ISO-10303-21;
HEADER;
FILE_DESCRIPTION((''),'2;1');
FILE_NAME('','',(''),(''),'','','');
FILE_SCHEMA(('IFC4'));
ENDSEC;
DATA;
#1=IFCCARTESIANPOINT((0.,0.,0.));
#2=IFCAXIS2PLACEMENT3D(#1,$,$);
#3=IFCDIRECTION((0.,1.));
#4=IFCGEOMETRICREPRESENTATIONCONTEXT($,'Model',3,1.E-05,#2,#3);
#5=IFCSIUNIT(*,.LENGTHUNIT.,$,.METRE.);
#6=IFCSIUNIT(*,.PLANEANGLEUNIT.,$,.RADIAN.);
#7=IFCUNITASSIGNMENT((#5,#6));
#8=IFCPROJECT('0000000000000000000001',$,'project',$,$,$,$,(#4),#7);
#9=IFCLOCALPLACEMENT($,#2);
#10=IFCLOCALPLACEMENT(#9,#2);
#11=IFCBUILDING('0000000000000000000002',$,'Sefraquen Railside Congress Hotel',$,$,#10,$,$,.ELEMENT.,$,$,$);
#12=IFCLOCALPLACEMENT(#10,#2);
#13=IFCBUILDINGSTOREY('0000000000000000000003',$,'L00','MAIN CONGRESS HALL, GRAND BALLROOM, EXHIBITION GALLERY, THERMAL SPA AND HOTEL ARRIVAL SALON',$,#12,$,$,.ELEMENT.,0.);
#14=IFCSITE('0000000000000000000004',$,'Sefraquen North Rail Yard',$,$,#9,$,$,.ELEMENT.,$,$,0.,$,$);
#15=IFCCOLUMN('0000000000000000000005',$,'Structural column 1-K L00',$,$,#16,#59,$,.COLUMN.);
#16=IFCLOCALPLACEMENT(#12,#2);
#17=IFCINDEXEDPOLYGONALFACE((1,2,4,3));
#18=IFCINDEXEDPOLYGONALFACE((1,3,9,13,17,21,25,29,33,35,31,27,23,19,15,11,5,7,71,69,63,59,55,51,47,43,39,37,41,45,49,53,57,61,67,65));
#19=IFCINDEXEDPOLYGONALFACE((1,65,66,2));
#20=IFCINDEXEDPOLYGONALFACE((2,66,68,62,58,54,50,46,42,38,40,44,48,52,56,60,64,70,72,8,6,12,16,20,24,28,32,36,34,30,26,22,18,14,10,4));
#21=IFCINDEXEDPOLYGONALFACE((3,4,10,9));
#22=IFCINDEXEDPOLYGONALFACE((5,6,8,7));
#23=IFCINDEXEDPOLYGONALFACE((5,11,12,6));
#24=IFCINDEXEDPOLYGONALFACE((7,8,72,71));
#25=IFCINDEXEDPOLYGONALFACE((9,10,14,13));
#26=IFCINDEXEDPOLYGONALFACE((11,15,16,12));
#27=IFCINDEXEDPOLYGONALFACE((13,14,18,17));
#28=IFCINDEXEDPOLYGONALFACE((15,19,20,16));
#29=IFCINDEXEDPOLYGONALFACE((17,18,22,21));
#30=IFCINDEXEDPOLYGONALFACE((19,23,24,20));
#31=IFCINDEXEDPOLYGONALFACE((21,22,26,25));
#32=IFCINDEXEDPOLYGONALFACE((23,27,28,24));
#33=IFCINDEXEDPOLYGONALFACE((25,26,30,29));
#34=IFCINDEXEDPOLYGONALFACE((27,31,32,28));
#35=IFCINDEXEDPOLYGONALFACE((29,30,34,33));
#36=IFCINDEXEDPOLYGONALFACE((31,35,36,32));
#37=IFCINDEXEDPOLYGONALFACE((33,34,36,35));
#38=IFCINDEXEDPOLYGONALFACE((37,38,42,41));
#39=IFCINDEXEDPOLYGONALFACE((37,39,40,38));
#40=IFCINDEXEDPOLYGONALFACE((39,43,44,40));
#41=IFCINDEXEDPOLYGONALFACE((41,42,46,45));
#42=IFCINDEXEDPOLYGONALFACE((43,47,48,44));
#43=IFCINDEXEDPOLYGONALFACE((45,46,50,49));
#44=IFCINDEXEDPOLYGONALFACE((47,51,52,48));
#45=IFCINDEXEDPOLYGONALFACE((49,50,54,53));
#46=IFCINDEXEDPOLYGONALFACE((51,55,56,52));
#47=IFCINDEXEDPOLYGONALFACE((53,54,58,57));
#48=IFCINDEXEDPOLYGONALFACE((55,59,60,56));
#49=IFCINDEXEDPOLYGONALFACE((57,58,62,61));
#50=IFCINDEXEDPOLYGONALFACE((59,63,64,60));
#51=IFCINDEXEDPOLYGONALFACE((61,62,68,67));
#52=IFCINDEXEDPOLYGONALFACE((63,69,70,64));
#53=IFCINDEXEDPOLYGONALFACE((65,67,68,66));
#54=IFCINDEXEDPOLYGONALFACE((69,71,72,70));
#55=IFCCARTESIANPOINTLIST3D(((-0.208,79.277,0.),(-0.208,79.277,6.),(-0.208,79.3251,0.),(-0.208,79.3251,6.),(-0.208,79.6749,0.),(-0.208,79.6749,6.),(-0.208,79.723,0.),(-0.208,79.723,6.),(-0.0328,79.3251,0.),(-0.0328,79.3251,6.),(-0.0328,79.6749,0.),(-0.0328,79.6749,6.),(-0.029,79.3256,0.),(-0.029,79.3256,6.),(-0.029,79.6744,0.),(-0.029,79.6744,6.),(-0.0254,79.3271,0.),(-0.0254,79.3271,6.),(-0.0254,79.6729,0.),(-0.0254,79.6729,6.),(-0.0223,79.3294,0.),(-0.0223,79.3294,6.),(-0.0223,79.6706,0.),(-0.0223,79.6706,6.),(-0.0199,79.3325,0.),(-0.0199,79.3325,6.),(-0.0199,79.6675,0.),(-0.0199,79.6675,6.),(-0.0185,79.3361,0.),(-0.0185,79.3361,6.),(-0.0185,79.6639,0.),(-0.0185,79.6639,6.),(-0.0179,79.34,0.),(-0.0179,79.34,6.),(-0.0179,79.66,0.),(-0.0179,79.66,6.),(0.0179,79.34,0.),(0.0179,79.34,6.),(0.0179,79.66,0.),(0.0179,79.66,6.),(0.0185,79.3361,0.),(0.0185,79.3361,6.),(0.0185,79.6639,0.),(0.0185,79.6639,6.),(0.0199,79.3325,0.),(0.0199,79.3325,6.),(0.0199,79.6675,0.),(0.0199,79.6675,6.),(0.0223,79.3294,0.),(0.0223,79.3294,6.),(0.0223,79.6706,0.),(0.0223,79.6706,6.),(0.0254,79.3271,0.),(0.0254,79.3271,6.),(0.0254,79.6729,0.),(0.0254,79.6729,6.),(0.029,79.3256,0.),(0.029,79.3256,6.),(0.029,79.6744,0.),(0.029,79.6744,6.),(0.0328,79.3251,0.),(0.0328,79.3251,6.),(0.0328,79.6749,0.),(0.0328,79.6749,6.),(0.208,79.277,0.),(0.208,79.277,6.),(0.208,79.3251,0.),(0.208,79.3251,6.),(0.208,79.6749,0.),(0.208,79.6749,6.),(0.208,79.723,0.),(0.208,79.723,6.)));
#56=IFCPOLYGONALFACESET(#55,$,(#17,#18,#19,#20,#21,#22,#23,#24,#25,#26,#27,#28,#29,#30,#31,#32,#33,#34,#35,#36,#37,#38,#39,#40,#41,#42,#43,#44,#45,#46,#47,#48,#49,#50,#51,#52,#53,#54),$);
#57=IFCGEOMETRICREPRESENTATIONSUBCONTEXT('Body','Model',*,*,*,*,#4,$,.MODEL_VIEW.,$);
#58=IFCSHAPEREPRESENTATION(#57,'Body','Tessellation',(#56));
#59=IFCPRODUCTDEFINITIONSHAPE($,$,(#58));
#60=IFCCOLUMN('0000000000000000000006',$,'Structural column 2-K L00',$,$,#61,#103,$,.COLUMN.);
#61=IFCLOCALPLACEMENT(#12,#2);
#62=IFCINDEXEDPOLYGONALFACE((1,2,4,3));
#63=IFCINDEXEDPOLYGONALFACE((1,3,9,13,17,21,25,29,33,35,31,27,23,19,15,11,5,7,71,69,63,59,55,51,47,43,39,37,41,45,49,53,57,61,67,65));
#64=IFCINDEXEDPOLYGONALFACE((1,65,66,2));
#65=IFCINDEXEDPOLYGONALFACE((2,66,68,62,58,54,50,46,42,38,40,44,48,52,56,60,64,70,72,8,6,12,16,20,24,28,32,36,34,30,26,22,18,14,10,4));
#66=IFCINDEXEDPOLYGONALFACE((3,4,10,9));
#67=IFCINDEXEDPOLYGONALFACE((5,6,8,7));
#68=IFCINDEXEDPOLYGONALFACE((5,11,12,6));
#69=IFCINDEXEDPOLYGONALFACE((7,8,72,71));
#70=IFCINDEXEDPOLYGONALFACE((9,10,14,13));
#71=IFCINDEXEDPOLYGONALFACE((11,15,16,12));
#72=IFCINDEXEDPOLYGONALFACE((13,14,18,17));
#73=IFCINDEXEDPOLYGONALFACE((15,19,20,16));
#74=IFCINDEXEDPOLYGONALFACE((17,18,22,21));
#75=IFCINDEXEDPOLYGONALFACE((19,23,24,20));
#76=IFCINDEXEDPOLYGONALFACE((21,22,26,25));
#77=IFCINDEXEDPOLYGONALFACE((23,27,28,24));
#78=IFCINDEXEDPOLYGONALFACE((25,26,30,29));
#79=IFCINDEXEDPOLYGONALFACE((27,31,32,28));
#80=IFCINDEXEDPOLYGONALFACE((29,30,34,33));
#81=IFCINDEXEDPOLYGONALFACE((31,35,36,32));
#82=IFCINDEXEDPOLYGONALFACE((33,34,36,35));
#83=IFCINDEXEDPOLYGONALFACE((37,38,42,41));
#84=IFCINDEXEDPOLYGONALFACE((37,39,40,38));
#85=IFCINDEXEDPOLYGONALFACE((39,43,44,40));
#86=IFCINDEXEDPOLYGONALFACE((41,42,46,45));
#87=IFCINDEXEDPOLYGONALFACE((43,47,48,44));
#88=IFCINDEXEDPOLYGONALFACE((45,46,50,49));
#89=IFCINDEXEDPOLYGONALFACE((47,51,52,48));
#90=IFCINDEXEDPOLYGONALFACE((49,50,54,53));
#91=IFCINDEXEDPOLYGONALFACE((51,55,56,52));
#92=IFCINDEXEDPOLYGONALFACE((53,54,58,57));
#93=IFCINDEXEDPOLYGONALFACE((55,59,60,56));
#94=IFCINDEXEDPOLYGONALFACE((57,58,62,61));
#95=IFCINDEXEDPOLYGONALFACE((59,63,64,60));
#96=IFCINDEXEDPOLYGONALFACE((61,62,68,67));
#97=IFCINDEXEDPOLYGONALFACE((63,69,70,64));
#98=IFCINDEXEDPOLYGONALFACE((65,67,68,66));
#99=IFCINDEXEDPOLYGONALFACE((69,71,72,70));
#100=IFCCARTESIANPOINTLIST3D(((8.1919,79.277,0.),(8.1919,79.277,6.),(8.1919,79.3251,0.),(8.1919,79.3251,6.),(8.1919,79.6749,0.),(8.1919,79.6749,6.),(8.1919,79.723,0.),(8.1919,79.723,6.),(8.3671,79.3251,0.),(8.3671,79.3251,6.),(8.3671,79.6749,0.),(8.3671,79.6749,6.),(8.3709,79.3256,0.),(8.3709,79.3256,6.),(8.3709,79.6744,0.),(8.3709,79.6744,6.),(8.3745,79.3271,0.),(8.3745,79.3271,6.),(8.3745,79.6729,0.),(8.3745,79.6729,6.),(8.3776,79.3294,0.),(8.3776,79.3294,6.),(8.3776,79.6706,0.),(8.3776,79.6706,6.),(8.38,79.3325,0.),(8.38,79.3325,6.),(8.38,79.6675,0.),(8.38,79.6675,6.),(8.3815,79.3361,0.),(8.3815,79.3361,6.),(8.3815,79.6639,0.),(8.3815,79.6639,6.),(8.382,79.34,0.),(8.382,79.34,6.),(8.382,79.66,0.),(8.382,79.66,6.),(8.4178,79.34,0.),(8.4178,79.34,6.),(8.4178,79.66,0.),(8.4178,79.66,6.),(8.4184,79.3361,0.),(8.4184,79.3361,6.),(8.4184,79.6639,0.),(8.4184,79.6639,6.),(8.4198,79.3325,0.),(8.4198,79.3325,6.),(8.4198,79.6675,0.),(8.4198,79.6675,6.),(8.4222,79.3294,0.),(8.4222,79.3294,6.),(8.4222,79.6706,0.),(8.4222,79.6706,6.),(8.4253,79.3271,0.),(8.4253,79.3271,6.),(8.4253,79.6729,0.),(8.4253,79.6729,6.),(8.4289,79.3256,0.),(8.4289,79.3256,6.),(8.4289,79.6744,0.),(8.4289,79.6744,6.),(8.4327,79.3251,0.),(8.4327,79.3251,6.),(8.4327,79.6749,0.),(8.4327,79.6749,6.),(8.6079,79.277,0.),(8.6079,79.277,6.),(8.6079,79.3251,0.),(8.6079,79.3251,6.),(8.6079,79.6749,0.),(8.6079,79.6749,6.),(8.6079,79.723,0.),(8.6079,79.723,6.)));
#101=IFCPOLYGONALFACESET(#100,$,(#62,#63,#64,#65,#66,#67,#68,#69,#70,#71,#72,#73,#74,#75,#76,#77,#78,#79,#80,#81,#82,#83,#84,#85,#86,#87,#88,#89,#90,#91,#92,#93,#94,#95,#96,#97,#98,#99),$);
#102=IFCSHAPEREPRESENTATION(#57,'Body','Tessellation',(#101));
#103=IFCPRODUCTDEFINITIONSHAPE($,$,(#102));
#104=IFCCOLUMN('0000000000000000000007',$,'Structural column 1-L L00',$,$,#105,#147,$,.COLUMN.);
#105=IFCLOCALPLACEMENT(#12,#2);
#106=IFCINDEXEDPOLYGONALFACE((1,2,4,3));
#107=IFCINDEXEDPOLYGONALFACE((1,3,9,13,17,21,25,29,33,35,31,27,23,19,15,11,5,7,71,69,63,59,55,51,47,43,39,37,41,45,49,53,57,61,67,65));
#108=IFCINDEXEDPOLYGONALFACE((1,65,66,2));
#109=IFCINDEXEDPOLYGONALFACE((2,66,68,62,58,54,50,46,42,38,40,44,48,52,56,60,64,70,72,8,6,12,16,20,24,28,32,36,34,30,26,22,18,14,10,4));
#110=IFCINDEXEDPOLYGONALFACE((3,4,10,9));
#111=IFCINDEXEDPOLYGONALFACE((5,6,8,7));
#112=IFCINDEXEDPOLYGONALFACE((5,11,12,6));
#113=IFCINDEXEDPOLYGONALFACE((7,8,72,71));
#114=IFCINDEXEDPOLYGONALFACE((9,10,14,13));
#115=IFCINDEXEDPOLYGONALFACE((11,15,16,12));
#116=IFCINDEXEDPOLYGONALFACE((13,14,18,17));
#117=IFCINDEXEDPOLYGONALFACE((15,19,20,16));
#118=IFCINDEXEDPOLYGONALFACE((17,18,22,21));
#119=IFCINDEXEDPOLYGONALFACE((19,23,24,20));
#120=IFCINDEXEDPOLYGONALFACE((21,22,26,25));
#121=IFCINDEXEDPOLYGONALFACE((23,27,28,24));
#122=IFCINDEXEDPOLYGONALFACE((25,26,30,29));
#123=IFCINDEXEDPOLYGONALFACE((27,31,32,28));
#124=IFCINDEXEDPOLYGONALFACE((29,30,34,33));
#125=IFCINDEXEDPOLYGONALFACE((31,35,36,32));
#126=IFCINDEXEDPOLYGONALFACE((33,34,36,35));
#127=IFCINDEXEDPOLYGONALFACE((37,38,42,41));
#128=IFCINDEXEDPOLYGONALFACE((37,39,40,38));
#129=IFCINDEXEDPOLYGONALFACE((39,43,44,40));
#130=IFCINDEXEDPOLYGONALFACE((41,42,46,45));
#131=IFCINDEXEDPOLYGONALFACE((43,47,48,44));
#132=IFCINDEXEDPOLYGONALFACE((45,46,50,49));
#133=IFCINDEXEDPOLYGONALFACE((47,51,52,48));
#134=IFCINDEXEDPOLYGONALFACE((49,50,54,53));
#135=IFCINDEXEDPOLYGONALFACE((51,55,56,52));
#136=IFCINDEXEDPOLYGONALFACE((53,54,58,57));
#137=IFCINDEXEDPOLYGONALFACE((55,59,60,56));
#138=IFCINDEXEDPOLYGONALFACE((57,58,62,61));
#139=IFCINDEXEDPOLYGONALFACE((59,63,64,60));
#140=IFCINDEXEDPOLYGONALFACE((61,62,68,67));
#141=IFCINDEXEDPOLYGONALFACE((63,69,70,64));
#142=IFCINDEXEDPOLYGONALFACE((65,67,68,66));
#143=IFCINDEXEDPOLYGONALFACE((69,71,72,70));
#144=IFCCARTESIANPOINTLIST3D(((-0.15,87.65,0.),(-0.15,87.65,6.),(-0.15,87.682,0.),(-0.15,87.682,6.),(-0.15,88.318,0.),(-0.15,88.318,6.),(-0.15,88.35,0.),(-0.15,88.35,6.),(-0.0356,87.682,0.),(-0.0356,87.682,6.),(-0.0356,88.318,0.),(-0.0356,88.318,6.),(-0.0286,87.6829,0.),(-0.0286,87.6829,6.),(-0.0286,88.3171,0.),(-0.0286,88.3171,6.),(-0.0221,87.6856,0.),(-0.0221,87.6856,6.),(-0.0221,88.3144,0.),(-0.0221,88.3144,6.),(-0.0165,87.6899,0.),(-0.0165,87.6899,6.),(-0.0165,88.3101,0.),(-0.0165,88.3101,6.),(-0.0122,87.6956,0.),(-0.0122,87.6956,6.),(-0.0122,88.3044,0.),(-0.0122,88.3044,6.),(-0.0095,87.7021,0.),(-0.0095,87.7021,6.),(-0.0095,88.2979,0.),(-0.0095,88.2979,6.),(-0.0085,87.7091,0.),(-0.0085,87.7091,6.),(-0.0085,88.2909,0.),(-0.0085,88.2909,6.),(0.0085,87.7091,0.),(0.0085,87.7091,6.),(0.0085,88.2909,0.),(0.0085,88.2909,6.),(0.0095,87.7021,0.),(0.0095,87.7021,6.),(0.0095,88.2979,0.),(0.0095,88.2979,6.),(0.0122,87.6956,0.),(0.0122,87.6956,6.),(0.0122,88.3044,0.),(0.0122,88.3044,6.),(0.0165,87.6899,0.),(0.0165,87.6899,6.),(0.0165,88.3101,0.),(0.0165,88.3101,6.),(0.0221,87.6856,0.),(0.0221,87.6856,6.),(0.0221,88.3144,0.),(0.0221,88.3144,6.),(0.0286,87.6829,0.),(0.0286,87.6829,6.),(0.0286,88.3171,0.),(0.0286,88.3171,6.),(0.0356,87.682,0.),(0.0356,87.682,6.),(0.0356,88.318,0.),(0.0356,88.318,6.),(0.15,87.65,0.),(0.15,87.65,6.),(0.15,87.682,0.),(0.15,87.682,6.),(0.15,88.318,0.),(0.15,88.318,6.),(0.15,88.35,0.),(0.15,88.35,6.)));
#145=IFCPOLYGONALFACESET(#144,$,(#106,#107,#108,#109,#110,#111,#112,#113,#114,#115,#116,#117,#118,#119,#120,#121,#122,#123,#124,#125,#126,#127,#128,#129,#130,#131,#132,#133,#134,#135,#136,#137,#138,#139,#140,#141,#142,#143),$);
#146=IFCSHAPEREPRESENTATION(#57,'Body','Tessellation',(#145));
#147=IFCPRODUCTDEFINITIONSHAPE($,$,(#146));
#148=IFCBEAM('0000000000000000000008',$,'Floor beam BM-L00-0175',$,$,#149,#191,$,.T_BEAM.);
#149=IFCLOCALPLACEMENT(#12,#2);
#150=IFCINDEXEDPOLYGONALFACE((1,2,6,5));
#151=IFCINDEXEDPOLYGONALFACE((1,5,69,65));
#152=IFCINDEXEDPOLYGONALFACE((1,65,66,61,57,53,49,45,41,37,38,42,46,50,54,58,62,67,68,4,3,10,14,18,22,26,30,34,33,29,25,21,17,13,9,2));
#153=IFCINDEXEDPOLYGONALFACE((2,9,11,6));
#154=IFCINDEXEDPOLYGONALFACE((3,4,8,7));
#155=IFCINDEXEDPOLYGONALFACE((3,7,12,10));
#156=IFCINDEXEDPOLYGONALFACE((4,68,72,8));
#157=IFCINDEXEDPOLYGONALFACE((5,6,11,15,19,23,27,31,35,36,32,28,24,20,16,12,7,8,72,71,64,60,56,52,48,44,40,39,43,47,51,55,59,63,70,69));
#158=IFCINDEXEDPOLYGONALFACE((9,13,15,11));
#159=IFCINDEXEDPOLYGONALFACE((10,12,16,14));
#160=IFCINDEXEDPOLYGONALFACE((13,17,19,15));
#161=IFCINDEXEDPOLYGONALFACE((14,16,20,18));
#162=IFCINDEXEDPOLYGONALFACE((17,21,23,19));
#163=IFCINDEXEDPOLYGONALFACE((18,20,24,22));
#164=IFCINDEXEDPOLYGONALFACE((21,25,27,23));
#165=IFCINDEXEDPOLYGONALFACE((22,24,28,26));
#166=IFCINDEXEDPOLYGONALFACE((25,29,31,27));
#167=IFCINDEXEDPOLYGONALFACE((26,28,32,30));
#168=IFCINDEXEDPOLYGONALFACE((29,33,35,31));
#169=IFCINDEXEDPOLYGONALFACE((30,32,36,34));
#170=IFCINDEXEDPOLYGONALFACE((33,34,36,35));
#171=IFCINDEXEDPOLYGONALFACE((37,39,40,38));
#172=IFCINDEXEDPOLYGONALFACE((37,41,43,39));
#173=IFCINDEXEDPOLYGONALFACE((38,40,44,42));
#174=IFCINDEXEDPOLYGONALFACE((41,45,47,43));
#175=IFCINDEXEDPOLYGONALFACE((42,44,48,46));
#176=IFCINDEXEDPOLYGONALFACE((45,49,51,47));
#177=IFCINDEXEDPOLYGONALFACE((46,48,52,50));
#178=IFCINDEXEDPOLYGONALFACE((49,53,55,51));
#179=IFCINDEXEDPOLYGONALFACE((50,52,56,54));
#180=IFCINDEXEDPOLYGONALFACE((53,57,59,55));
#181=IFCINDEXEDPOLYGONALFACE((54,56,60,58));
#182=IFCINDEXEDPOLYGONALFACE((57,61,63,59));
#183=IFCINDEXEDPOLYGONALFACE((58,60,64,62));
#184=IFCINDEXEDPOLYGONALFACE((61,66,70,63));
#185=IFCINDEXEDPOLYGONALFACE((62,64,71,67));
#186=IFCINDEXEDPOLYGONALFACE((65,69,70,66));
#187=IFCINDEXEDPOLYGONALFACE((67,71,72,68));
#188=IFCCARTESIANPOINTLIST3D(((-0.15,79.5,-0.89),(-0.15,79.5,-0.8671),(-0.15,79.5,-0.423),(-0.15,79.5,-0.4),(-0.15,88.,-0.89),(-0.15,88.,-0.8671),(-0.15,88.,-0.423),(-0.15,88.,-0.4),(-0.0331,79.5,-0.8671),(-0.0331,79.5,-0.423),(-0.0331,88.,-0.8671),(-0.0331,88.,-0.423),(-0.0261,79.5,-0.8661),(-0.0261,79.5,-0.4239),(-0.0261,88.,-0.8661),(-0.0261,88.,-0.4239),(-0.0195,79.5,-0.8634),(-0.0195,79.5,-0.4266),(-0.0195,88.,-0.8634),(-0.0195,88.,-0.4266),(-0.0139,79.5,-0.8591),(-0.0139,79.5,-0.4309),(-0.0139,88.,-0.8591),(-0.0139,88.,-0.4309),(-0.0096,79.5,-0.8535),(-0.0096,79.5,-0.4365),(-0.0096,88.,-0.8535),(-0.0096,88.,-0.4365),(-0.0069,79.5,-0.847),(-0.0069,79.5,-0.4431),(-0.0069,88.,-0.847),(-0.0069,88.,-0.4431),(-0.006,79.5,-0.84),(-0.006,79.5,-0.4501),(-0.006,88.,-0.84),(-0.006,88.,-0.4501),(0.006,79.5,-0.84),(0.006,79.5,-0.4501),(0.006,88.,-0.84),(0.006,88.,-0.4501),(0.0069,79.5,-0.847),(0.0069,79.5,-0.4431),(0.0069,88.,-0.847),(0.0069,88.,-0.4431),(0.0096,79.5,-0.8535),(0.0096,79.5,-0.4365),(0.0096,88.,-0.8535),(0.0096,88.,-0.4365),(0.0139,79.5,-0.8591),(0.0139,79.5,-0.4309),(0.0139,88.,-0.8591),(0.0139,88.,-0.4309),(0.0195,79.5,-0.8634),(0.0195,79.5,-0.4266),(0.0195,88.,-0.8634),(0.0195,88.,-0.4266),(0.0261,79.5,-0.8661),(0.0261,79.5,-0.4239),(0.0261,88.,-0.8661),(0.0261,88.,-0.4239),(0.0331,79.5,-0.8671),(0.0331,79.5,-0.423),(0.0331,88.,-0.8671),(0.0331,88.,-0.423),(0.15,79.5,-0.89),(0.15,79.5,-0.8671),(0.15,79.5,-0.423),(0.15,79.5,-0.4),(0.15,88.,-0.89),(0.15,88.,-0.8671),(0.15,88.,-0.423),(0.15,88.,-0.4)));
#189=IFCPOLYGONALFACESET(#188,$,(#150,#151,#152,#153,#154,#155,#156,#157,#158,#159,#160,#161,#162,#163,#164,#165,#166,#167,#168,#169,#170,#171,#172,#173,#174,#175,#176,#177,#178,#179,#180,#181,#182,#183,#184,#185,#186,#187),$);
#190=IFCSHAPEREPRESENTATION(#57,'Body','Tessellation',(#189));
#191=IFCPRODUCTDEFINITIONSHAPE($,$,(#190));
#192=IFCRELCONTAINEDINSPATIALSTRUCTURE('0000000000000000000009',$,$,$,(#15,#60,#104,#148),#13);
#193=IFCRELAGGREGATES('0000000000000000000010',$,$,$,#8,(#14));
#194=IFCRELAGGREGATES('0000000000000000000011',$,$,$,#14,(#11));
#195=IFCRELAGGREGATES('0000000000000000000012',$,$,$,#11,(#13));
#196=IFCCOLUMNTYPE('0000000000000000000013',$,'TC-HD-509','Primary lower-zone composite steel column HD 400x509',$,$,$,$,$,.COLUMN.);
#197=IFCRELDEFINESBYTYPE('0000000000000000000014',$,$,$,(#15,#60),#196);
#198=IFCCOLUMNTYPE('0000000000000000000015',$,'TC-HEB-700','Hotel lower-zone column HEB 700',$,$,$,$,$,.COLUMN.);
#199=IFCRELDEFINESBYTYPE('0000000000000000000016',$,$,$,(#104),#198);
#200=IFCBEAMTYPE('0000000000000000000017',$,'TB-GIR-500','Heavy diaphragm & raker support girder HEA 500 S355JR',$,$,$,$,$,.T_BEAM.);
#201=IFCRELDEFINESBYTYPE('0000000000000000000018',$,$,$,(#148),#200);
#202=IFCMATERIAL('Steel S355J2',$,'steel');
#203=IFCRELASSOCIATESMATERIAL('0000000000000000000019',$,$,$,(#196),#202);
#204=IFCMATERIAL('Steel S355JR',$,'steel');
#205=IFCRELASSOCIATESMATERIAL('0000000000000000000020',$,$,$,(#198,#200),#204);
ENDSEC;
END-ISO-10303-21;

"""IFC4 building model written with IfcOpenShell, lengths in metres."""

from ifc_helpers import new_model, si_unit, direction, frame, origin, origin_2d, place, context, subcontext, project, spatial, i_section, extrude, material, material_profile, profile_set, type_object, element, save


model = new_model("IFC4")

# Units and contexts
model_context = context("Model", 3, precision=1e-05, world=origin(), true_north=direction((0.0, 1.0)))
body_context = subcontext(model_context, "Body", "Model", "MODEL_VIEW")
ifc_project = project(units=[si_unit("LENGTHUNIT", "METRE"), si_unit("PLANEANGLEUNIT", "RADIAN")], contexts=[model_context])

# Site, building, storey
site_placement = place(None, origin())
site = spatial("IfcSite", under=ifc_project, at=site_placement, Name="Sefraquen North Rail Yard", CompositionType="ELEMENT", RefElevation=0.0)
building_placement = place(site_placement, origin())
building = spatial("IfcBuilding", under=site, at=building_placement, Name="Sefraquen Railside Congress Hotel", CompositionType="ELEMENT")
storey_placement = place(building_placement, origin())
storey = spatial("IfcBuildingStorey", under=building, at=storey_placement, Name="L00", Description="MAIN CONGRESS HALL, GRAND BALLROOM, EXHIBITION GALLERY, THERMAL SPA AND HOTEL ARRIVAL SALON", CompositionType="ELEMENT", Elevation=0.0)

# Columns
ifc_material_1 = material(Name="Steel S355J2", Category="steel")
ifc_material_profile_1 = material_profile(ifc_material_1, i_section(OverallWidth=0.416, OverallDepth=0.446, WebThickness=0.0359, FlangeThickness=0.0481, FilletRadius=0.0149, at=origin_2d()), Name="HD 400x509")
ifc_profile_set_1 = profile_set([ifc_material_profile_1], Name="Steel S355J2")
column_type_1 = type_object("IfcColumnType", Name="TC-HD-509", Description="Primary lower-zone composite steel column HD 400x509", PredefinedType="COLUMN", material=ifc_profile_set_1)
for number, where, z_axis, x_axis, name in (
    (1, (0.0, 79.5, 0.0), (0.0, 0.0, 1.0), (1.0, 0.0, 0.0), "Structural column 1-K L00"),
    (2, (8.3999, 79.5, 0.0), (0.0, 0.0, 1.0), (1.0, 0.0, 0.0), "Structural column 2-K L00"),
):
    element("IfcColumn", number, at=place(storey_placement, frame(where, z_axis=z_axis, x_axis=x_axis)), inside=storey, type_object=column_type_1, Name=name, PredefinedType="COLUMN", context=body_context, shape_type="SweptSolid", body=[
        extrude(i_section(OverallWidth=0.416, OverallDepth=0.446, WebThickness=0.0359, FlangeThickness=0.0481, FilletRadius=0.0149, at=origin_2d()), origin(), (0.0, 0.0, 1.0), 6.0),
    ])
ifc_material_2 = material(Name="Steel S355JR", Category="steel")
ifc_material_profile_2 = material_profile(ifc_material_2, i_section(OverallWidth=0.3, OverallDepth=0.7, WebThickness=0.0171, FlangeThickness=0.032, FilletRadius=0.0271, at=origin_2d()), Name="HEB 700")
ifc_profile_set_2 = profile_set([ifc_material_profile_2], Name="Steel S355JR")
column_type_2 = type_object("IfcColumnType", Name="TC-HEB-700", Description="Hotel lower-zone column HEB 700", PredefinedType="COLUMN", material=ifc_profile_set_2)
column_placement = place(storey_placement, frame((0.0, 88.0, 0.0), z_axis=(0.0, 0.0, 1.0), x_axis=(1.0, 0.0, 0.0)))
element("IfcColumn", 3, at=column_placement, inside=storey, type_object=column_type_2, Name="Structural column 1-L L00", PredefinedType="COLUMN", context=body_context, shape_type="SweptSolid", body=[
    extrude(i_section(OverallWidth=0.3, OverallDepth=0.7, WebThickness=0.0171, FlangeThickness=0.032, FilletRadius=0.0271, at=origin_2d()), origin(), (0.0, 0.0, 1.0), 6.0),
])

# Beam
ifc_material_profile_3 = material_profile(ifc_material_2, i_section(OverallWidth=0.3, OverallDepth=0.49, WebThickness=0.012, FlangeThickness=0.0229, FilletRadius=0.0271, at=origin_2d()), Name="HEA 500")
ifc_profile_set_3 = profile_set([ifc_material_profile_3], Name="Steel S355JR")
beam_type_1 = type_object("IfcBeamType", Name="TB-GIR-500", Description="Heavy diaphragm & raker support girder HEA 500 S355JR", PredefinedType="T_BEAM", material=ifc_profile_set_3)
for number, where, z_axis, x_axis, name in (
    (4, (0.0, 79.5, -0.645), (0.0, 1.0, 0.0), (-1.0, 0.0, 0.0), "Floor beam BM-L00-0175"),
):
    element("IfcBeam", number, at=place(storey_placement, frame(where, z_axis=z_axis, x_axis=x_axis)), inside=storey, type_object=beam_type_1, Name=name, PredefinedType="T_BEAM", context=body_context, shape_type="SweptSolid", body=[
        extrude(i_section(OverallWidth=0.3, OverallDepth=0.49, WebThickness=0.012, FlangeThickness=0.0229, FilletRadius=0.0271, at=origin_2d()), origin(), (0.0, 0.0, 1.0), 8.5),
    ])

save(model, "model.ifc")
